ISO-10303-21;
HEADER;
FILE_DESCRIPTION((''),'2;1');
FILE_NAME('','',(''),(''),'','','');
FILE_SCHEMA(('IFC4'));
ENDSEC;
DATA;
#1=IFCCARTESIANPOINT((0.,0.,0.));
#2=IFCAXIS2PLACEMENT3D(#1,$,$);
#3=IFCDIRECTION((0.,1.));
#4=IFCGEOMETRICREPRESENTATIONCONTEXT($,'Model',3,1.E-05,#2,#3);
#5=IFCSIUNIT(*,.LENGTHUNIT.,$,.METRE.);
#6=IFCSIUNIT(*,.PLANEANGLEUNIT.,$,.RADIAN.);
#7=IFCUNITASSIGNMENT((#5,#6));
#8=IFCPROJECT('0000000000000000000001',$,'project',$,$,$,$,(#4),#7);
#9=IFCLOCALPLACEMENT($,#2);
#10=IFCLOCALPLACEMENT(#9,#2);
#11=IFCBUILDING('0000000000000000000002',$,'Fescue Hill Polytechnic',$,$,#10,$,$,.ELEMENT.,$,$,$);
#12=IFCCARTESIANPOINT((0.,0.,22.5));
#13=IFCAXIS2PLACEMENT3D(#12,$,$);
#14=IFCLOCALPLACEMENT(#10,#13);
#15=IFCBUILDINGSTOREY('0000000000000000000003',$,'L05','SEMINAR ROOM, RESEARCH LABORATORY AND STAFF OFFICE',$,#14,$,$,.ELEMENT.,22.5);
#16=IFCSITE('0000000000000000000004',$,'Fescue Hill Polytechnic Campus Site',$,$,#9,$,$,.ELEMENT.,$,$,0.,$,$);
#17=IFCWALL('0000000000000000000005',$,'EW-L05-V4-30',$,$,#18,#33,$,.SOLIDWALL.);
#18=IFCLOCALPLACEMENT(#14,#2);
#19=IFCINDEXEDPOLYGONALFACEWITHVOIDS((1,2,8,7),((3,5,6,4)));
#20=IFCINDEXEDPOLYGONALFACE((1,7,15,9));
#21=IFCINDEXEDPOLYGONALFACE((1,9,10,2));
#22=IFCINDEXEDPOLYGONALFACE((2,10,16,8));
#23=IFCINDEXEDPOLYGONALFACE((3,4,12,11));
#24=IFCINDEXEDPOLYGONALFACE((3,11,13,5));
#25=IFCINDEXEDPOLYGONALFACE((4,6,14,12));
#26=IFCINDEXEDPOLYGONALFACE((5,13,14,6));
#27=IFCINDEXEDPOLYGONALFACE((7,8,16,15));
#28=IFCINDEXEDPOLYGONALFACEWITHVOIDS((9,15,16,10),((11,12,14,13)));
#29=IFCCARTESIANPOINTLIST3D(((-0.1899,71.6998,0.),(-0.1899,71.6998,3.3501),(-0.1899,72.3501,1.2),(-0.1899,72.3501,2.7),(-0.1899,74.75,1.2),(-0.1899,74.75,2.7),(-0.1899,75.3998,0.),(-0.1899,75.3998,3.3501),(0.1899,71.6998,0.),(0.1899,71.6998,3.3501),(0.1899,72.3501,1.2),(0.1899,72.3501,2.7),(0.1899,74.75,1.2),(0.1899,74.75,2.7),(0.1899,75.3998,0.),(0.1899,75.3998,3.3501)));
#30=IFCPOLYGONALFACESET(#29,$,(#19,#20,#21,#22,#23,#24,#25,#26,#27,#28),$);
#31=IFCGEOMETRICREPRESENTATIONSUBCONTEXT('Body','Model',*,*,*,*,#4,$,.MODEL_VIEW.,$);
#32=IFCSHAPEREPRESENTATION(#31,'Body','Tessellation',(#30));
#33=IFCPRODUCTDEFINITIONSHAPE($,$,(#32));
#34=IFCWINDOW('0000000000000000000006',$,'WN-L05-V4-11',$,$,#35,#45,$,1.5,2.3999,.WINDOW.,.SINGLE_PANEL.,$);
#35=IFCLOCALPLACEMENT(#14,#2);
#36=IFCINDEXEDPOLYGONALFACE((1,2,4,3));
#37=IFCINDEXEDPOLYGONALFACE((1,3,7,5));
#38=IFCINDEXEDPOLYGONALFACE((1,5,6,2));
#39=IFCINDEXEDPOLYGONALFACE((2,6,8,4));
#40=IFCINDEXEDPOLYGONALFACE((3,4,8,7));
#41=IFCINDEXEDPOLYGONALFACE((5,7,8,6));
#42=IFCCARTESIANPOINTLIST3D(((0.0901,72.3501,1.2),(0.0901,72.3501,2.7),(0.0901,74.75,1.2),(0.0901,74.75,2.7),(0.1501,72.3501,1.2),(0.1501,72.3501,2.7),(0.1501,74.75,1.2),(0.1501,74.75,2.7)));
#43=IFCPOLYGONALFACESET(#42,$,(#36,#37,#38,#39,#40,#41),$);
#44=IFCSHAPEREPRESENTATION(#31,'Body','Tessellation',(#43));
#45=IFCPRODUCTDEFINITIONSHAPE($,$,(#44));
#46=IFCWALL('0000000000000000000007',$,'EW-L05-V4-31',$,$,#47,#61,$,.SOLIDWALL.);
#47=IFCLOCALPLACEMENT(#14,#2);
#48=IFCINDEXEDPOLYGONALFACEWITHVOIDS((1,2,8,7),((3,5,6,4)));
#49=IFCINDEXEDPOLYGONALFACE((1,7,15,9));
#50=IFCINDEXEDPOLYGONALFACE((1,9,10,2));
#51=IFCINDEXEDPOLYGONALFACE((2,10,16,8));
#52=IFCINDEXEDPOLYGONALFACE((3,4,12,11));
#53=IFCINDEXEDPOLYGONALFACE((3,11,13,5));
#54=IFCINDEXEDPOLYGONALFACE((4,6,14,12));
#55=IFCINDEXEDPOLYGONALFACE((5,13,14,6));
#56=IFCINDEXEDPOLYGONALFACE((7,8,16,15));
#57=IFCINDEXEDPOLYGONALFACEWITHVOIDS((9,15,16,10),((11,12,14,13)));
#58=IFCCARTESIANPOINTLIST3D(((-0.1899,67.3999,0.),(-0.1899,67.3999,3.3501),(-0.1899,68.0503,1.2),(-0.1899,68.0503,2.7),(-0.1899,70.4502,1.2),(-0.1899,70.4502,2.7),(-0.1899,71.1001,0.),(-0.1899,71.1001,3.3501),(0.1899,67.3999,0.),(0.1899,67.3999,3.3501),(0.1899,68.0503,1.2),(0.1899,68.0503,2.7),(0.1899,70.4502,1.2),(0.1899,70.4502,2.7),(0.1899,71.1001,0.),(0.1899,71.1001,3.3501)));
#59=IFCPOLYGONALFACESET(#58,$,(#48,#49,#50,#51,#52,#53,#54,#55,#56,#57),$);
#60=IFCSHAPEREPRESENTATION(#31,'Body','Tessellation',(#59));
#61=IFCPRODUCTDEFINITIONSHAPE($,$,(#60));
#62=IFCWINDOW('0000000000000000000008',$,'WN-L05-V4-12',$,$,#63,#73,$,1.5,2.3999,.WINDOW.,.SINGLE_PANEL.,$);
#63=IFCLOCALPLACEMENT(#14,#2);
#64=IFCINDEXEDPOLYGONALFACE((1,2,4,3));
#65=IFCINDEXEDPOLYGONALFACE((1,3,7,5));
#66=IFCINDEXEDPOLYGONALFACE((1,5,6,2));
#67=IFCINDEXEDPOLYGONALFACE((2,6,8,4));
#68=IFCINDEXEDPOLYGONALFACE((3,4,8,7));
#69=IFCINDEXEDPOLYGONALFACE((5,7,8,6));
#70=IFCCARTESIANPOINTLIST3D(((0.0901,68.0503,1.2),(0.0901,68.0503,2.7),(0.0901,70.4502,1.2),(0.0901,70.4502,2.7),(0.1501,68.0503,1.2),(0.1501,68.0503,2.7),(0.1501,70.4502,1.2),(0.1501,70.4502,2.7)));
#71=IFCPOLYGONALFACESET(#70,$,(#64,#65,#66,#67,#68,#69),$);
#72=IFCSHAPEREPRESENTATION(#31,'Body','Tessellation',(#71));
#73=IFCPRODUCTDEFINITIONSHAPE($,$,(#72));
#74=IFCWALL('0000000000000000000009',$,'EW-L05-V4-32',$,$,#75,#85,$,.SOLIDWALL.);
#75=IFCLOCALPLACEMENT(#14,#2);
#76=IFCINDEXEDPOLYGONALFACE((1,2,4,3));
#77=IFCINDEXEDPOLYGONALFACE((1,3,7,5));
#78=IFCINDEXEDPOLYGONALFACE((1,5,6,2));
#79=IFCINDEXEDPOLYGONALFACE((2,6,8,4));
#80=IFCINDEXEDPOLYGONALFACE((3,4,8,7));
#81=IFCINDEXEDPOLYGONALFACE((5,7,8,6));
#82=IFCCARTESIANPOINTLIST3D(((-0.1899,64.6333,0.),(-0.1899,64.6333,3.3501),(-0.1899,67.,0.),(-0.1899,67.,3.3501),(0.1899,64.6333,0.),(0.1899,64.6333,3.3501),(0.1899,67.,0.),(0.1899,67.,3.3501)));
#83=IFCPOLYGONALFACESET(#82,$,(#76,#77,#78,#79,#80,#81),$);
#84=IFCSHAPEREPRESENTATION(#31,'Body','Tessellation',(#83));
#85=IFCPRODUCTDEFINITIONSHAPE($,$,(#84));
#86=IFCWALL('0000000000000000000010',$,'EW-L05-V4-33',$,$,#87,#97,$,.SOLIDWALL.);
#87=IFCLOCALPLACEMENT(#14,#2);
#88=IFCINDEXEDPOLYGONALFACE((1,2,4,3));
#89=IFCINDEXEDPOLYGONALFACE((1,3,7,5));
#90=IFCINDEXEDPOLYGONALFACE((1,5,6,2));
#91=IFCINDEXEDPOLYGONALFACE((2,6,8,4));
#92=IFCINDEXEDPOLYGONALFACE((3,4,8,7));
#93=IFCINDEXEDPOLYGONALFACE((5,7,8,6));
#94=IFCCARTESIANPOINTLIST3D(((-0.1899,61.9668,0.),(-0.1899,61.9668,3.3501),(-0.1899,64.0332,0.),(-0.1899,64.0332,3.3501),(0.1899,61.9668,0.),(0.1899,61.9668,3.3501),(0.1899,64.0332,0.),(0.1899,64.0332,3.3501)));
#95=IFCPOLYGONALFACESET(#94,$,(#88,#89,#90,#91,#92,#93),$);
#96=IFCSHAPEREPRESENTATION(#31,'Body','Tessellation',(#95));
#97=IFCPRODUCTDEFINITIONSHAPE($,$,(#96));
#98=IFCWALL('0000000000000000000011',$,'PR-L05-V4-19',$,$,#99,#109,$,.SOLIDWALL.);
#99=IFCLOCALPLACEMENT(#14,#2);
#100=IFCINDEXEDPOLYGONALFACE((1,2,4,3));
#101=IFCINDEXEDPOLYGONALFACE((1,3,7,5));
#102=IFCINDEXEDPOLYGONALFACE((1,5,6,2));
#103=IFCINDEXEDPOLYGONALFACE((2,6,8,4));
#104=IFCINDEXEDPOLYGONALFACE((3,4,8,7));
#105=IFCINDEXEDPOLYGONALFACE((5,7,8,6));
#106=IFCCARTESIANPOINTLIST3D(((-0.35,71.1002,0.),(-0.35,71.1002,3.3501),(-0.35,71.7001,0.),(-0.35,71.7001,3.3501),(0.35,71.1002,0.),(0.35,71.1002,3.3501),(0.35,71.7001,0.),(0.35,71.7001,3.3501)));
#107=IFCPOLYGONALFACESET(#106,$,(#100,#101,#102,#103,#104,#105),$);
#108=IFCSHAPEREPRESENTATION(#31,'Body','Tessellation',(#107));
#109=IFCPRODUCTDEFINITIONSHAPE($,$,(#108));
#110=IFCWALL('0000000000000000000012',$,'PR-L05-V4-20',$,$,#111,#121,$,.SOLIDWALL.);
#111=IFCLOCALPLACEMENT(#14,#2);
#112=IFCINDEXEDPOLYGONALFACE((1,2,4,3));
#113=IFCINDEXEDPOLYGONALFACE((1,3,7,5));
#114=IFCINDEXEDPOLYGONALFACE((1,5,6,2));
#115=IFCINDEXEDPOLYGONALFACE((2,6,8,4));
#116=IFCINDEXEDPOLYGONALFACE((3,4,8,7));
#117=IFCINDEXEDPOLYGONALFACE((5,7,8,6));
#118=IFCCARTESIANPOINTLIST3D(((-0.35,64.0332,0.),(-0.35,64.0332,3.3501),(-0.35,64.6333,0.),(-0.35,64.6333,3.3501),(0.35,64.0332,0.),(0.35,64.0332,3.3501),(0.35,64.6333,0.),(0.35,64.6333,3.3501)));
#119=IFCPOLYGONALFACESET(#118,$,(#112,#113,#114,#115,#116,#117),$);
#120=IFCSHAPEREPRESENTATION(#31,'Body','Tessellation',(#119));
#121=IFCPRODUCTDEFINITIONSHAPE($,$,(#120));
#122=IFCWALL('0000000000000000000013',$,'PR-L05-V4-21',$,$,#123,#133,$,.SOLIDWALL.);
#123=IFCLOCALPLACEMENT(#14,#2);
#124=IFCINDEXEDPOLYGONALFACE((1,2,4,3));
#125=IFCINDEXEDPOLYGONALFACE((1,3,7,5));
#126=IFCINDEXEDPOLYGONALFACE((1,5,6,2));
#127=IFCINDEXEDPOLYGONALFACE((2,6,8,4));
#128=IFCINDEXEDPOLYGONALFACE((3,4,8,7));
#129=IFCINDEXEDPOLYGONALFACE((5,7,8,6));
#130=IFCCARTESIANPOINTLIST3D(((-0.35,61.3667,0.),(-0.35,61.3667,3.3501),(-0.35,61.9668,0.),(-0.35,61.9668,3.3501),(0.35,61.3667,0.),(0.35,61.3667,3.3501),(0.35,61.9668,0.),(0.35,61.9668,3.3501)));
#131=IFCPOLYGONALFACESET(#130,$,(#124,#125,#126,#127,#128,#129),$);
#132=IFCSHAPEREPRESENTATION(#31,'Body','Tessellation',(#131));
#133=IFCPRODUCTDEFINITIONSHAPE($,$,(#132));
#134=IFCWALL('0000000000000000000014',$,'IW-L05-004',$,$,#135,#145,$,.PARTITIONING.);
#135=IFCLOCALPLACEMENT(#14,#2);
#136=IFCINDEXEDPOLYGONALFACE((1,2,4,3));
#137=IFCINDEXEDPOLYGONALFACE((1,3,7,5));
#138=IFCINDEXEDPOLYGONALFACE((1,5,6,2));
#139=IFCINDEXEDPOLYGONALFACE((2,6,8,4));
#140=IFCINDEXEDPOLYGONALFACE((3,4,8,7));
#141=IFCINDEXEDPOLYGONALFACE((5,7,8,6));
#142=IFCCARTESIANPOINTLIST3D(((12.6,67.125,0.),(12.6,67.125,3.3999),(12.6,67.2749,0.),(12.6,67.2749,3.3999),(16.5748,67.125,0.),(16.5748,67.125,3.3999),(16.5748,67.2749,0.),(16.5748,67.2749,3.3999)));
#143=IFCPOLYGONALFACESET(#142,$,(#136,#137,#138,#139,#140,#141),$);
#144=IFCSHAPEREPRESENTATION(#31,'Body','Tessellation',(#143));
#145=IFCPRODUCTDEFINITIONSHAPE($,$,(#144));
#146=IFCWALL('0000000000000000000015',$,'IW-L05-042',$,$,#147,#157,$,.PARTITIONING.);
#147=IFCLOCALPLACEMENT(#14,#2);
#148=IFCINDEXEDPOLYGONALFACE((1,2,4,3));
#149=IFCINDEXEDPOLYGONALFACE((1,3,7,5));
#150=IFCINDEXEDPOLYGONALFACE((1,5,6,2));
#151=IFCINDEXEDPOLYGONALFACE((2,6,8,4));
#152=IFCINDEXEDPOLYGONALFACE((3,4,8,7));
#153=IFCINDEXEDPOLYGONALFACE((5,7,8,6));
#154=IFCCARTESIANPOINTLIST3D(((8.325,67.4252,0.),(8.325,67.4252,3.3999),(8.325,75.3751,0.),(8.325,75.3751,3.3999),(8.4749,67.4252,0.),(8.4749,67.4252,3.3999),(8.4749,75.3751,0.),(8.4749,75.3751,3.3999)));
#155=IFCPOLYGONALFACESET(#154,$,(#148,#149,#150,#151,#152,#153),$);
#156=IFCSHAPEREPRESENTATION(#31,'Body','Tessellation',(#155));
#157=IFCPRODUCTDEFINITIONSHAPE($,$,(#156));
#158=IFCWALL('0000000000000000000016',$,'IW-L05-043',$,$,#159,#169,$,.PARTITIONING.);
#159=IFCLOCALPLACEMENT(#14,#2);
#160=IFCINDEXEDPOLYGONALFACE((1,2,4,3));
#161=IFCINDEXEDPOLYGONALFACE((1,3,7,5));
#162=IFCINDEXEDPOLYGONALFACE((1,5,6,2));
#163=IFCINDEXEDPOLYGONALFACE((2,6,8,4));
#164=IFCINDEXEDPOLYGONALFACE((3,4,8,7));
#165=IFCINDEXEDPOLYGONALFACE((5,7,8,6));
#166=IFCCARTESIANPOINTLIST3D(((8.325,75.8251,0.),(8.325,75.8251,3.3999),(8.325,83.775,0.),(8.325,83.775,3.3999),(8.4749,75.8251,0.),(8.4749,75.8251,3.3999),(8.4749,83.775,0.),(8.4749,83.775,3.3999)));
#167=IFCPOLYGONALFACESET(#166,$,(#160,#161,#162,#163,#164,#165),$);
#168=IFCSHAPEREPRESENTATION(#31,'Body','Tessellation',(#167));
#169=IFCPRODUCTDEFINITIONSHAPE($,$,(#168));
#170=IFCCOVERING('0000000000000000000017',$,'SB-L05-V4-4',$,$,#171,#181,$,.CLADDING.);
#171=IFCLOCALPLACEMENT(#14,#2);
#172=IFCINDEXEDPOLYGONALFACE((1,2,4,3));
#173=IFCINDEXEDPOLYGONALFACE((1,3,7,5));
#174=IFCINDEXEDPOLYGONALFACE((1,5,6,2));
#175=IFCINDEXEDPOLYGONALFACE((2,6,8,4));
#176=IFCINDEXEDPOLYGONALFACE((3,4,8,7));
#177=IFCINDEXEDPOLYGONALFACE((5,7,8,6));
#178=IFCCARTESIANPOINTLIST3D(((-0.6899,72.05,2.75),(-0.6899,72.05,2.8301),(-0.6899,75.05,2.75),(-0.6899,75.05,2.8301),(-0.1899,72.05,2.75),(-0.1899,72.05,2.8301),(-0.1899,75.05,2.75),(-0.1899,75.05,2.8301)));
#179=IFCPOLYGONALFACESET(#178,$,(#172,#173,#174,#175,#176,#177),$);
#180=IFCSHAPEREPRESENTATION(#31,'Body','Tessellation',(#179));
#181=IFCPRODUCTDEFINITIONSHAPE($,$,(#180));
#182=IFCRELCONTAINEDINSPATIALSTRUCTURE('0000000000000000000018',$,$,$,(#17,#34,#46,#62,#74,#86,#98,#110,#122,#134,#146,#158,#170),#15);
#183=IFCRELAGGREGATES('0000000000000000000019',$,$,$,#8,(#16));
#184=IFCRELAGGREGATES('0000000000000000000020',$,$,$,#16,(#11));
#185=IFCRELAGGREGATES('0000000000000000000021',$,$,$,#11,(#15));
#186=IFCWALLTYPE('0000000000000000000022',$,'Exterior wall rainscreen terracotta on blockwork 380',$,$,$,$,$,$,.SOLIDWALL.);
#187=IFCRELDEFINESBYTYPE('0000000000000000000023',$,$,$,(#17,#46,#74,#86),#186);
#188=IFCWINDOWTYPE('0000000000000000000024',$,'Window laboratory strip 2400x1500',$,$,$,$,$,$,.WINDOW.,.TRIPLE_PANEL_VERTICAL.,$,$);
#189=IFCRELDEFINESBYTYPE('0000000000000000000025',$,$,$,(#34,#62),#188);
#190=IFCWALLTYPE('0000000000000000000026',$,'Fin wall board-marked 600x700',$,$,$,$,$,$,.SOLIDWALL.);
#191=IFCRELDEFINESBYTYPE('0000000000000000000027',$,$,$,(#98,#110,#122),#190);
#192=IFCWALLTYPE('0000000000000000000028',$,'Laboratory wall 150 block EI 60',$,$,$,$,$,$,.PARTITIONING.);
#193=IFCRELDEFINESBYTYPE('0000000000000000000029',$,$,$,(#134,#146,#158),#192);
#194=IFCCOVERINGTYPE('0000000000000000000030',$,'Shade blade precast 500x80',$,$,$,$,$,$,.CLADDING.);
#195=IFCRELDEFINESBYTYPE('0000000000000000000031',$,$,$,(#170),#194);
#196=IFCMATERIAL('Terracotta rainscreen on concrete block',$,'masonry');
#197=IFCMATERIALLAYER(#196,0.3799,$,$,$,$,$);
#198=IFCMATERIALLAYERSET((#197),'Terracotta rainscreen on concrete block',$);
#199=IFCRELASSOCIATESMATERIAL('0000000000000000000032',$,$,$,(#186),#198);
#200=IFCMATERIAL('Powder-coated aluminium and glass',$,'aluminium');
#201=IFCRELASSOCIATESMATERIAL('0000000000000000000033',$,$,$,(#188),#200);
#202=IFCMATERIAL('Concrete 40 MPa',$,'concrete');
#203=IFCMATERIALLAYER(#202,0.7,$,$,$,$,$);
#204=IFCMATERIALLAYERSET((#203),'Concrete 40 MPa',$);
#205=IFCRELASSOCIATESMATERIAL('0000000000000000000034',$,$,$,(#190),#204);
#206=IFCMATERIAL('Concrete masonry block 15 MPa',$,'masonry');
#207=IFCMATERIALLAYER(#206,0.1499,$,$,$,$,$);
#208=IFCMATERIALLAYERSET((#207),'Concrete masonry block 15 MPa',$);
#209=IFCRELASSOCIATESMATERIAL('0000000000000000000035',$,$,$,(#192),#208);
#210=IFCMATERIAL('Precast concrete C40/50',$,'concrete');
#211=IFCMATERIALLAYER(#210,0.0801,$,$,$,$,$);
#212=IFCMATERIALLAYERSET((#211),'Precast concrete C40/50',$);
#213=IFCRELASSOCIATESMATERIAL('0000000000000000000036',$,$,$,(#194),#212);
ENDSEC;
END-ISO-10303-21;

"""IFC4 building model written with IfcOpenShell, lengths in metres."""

from ifc_helpers import new_model, si_unit, direction, frame, frame_2d, origin, origin_2d, place, context, subcontext, project, spatial, rectangle, extrude, material, layer, layer_set, type_object, element, fill, save


model = new_model("IFC4")

# Units and contexts
model_context = context("Model", 3, precision=1e-05, world=origin(), true_north=direction((0.0, 1.0)))
body_context = subcontext(model_context, "Body", "Model", "MODEL_VIEW")
ifc_project = project(units=[si_unit("LENGTHUNIT", "METRE"), si_unit("PLANEANGLEUNIT", "RADIAN")], contexts=[model_context])

# Site, building, storey
site_placement = place(None, origin())
site = spatial("IfcSite", under=ifc_project, at=site_placement, Name="Fescue Hill Polytechnic Campus Site", CompositionType="ELEMENT", RefElevation=0.0)
building_placement = place(site_placement, origin())
building = spatial("IfcBuilding", under=site, at=building_placement, Name="Fescue Hill Polytechnic", CompositionType="ELEMENT")
storey_placement = place(building_placement, frame((0.0, 0.0, 22.5)))
storey = spatial("IfcBuildingStorey", under=building, at=storey_placement, Name="L05", Description="SEMINAR ROOM, RESEARCH LABORATORY AND STAFF OFFICE", CompositionType="ELEMENT", Elevation=22.5)

# Shared definitions
ifc_material_1 = material(Name="Concrete 40 MPa", Category="concrete")

# Walls, openings, windows
ifc_material_2 = material(Name="Terracotta rainscreen on concrete block", Category="masonry")
ifc_layer_1 = layer(ifc_material_2, 0.3799)
ifc_layer_set_1 = layer_set([ifc_layer_1], Name="Terracotta rainscreen on concrete block")
wall_type_1 = type_object("IfcWallType", Name="Exterior wall rainscreen terracotta on blockwork 380", PredefinedType="SOLIDWALL", material=ifc_layer_set_1)
wall_1_placement = place(storey_placement, frame((0.0, 75.3999, 0.0), z_axis=(0.0, 0.0, 1.0), x_axis=(0.0, -1.0, 0.0)))
wall_1 = element("IfcWall", 1, at=wall_1_placement, inside=storey, type_object=wall_type_1, Name="EW-L05-V4-30", PredefinedType="SOLIDWALL", context=body_context, shape_type="SweptSolid", body=[
    extrude(rectangle(XDim=3.7, YDim=0.3799, at=frame_2d((1.8501, 0.0))), origin(), (0.0, 0.0, 1.0), 3.3501),
])
opening_1_placement = place(wall_1_placement, frame((0.6499, 0.0, 1.2)))
opening_1 = element("IfcOpeningElement", 2, at=opening_1_placement, cuts=wall_1, PredefinedType="OPENING", context=body_context, shape_type="SweptSolid", body=[
    extrude(rectangle(XDim=2.3999, YDim=1.5, at=frame_2d((1.2, 0.75))), frame((0.0, 0.2, 0.0), z_axis=(0.0, -1.0, 0.0), x_axis=(1.0, 0.0, 0.0)), (0.0, 0.0, 1.0), 0.3999),
])
ifc_material_3 = material(Name="Powder-coated aluminium and glass", Category="aluminium")
window_type = type_object("IfcWindowType", Name="Window laboratory strip 2400x1500", PartitioningType="TRIPLE_PANEL_VERTICAL", PredefinedType="WINDOW", material=ifc_material_3)
window_1_placement = place(opening_1_placement, origin())
window_1 = element("IfcWindow", 3, at=window_1_placement, inside=storey, type_object=window_type, Name="WN-L05-V4-11", OverallHeight=1.5, OverallWidth=2.3999, PartitioningType="SINGLE_PANEL", PredefinedType="WINDOW", context=body_context, shape_type="SweptSolid", body=[
    extrude(rectangle(XDim=2.3999, YDim=1.5, at=frame_2d((1.2, 0.75))), frame((0.0, 0.1501, 0.0), z_axis=(0.0, -1.0, 0.0), x_axis=(1.0, 0.0, 0.0)), (0.0, 0.0, 1.0), 0.0601),
])
fill(opening_1, window_1)
wall_2_placement = place(storey_placement, frame((0.0, 71.1001, 0.0), z_axis=(0.0, 0.0, 1.0), x_axis=(0.0, -1.0, 0.0)))
wall_2 = element("IfcWall", 4, at=wall_2_placement, inside=storey, type_object=wall_type_1, Name="EW-L05-V4-31", PredefinedType="SOLIDWALL", context=body_context, shape_type="SweptSolid", body=[
    extrude(rectangle(XDim=3.7002, YDim=0.3799, at=frame_2d((1.8501, 0.0))), origin(), (0.0, 0.0, 1.0), 3.3501),
])
opening_2_placement = place(wall_2_placement, frame((0.6499, 0.0, 1.2)))
opening_2 = element("IfcOpeningElement", 5, at=opening_2_placement, cuts=wall_2, PredefinedType="OPENING", context=body_context, shape_type="SweptSolid", body=[
    extrude(rectangle(XDim=2.3999, YDim=1.5, at=frame_2d((1.2, 0.75))), frame((0.0, 0.2, 0.0), z_axis=(0.0, -1.0, 0.0), x_axis=(1.0, 0.0, 0.0)), (0.0, 0.0, 1.0), 0.3999),
])
window_2_placement = place(opening_2_placement, origin())
window_2 = element("IfcWindow", 6, at=window_2_placement, inside=storey, type_object=window_type, Name="WN-L05-V4-12", OverallHeight=1.5, OverallWidth=2.3999, PartitioningType="SINGLE_PANEL", PredefinedType="WINDOW", context=body_context, shape_type="SweptSolid", body=[
    extrude(rectangle(XDim=2.3999, YDim=1.5, at=frame_2d((1.2, 0.75))), frame((0.0, 0.1501, 0.0), z_axis=(0.0, -1.0, 0.0), x_axis=(1.0, 0.0, 0.0)), (0.0, 0.0, 1.0), 0.0601),
])
fill(opening_2, window_2)

# Walls
wall_3_placement = place(storey_placement, frame((0.0, 67.0, 0.0), z_axis=(0.0, 0.0, 1.0), x_axis=(0.0, -1.0, 0.0)))
element("IfcWall", 7, at=wall_3_placement, inside=storey, type_object=wall_type_1, Name="EW-L05-V4-32", PredefinedType="SOLIDWALL", context=body_context, shape_type="SweptSolid", body=[
    extrude(rectangle(XDim=2.3667, YDim=0.3799, at=frame_2d((1.1833, 0.0))), origin(), (0.0, 0.0, 1.0), 3.3501),
])
wall_4_placement = place(storey_placement, frame((0.0, 64.0332, 0.0), z_axis=(0.0, 0.0, 1.0), x_axis=(0.0, -1.0, 0.0)))
element("IfcWall", 8, at=wall_4_placement, inside=storey, type_object=wall_type_1, Name="EW-L05-V4-33", PredefinedType="SOLIDWALL", context=body_context, shape_type="SweptSolid", body=[
    extrude(rectangle(XDim=2.0664, YDim=0.3799, at=frame_2d((1.0332, 0.0))), origin(), (0.0, 0.0, 1.0), 3.3501),
])
ifc_layer_2 = layer(ifc_material_1, 0.7)
ifc_layer_set_2 = layer_set([ifc_layer_2], Name="Concrete 40 MPa")
wall_type_2 = type_object("IfcWallType", Name="Fin wall board-marked 600x700", PredefinedType="SOLIDWALL", material=ifc_layer_set_2)
wall_5_placement = place(storey_placement, frame((0.0, 71.7, 0.0), z_axis=(0.0, 0.0, 1.0), x_axis=(0.0, -1.0, 0.0)))
element("IfcWall", 9, at=wall_5_placement, inside=storey, type_object=wall_type_2, Name="PR-L05-V4-19", PredefinedType="SOLIDWALL", context=body_context, shape_type="SweptSolid", body=[
    extrude(rectangle(XDim=0.5999, YDim=0.7, at=frame_2d((0.2998, 0.0))), origin(), (0.0, 0.0, 1.0), 3.3501),
])
for number, where, z_axis, x_axis, name in (
    (10, (0.0, 64.6333, 0.0), (0.0, 0.0, 1.0), (0.0, -1.0, 0.0), "PR-L05-V4-20"),
    (11, (0.0, 61.9668, 0.0), (0.0, 0.0, 1.0), (0.0, -1.0, 0.0), "PR-L05-V4-21"),
):
    element("IfcWall", number, at=place(storey_placement, frame(where, z_axis=z_axis, x_axis=x_axis)), inside=storey, type_object=wall_type_2, Name=name, PredefinedType="SOLIDWALL", context=body_context, shape_type="SweptSolid", body=[
        extrude(rectangle(XDim=0.6001, YDim=0.7, at=frame_2d((0.3, 0.0))), origin(), (0.0, 0.0, 1.0), 3.3501),
    ])
ifc_material_4 = material(Name="Concrete masonry block 15 MPa", Category="masonry")
ifc_layer_3 = layer(ifc_material_4, 0.1499)
ifc_layer_set_3 = layer_set([ifc_layer_3], Name="Concrete masonry block 15 MPa")
wall_type_3 = type_object("IfcWallType", Name="Laboratory wall 150 block EI 60", PredefinedType="PARTITIONING", material=ifc_layer_set_3)
wall_6_placement = place(storey_placement, frame((12.6001, 67.2, 0.0), z_axis=(0.0, 0.0, 1.0), x_axis=(1.0, 0.0, 0.0)))
element("IfcWall", 12, at=wall_6_placement, inside=storey, type_object=wall_type_3, Name="IW-L05-004", PredefinedType="PARTITIONING", context=body_context, shape_type="SweptSolid", body=[
    extrude(rectangle(XDim=3.9749, YDim=0.1499, at=frame_2d((1.9873, 0.0))), origin(), (0.0, 0.0, 1.0), 3.3999),
])
for number, where, z_axis, x_axis, name in (
    (13, (8.3999, 67.425, 0.0), (0.0, 0.0, 1.0), (0.0, 1.0, 0.0), "IW-L05-042"),
    (14, (8.3999, 75.825, 0.0), (0.0, 0.0, 1.0), (0.0, 1.0, 0.0), "IW-L05-043"),
):
    element("IfcWall", number, at=place(storey_placement, frame(where, z_axis=z_axis, x_axis=x_axis)), inside=storey, type_object=wall_type_3, Name=name, PredefinedType="PARTITIONING", context=body_context, shape_type="SweptSolid", body=[
        extrude(rectangle(XDim=7.95, YDim=0.1499, at=frame_2d((3.9751, 0.0))), origin(), (0.0, 0.0, 1.0), 3.3999),
    ])

# Covering
ifc_material_5 = material(Name="Precast concrete C40/50", Category="concrete")
ifc_layer_4 = layer(ifc_material_5, 0.0801)
ifc_layer_set_4 = layer_set([ifc_layer_4], Name="Precast concrete C40/50")
covering_type = type_object("IfcCoveringType", Name="Shade blade precast 500x80", PredefinedType="CLADDING", material=ifc_layer_set_4)
for number, where, z_axis, x_axis, name in (
    (15, (-0.4399, 73.55, 2.75), (0.0, 0.0, 1.0), (0.0, -1.0, 0.0), "SB-L05-V4-4"),
):
    element("IfcCovering", number, at=place(storey_placement, frame(where, z_axis=z_axis, x_axis=x_axis)), inside=storey, type_object=covering_type, Name=name, PredefinedType="CLADDING", context=body_context, shape_type="SweptSolid", body=[
        extrude(rectangle(XDim=3.0, YDim=0.5, at=origin_2d()), origin(), (0.0, 0.0, 1.0), 0.0801),
    ])

save(model, "model.ifc")
